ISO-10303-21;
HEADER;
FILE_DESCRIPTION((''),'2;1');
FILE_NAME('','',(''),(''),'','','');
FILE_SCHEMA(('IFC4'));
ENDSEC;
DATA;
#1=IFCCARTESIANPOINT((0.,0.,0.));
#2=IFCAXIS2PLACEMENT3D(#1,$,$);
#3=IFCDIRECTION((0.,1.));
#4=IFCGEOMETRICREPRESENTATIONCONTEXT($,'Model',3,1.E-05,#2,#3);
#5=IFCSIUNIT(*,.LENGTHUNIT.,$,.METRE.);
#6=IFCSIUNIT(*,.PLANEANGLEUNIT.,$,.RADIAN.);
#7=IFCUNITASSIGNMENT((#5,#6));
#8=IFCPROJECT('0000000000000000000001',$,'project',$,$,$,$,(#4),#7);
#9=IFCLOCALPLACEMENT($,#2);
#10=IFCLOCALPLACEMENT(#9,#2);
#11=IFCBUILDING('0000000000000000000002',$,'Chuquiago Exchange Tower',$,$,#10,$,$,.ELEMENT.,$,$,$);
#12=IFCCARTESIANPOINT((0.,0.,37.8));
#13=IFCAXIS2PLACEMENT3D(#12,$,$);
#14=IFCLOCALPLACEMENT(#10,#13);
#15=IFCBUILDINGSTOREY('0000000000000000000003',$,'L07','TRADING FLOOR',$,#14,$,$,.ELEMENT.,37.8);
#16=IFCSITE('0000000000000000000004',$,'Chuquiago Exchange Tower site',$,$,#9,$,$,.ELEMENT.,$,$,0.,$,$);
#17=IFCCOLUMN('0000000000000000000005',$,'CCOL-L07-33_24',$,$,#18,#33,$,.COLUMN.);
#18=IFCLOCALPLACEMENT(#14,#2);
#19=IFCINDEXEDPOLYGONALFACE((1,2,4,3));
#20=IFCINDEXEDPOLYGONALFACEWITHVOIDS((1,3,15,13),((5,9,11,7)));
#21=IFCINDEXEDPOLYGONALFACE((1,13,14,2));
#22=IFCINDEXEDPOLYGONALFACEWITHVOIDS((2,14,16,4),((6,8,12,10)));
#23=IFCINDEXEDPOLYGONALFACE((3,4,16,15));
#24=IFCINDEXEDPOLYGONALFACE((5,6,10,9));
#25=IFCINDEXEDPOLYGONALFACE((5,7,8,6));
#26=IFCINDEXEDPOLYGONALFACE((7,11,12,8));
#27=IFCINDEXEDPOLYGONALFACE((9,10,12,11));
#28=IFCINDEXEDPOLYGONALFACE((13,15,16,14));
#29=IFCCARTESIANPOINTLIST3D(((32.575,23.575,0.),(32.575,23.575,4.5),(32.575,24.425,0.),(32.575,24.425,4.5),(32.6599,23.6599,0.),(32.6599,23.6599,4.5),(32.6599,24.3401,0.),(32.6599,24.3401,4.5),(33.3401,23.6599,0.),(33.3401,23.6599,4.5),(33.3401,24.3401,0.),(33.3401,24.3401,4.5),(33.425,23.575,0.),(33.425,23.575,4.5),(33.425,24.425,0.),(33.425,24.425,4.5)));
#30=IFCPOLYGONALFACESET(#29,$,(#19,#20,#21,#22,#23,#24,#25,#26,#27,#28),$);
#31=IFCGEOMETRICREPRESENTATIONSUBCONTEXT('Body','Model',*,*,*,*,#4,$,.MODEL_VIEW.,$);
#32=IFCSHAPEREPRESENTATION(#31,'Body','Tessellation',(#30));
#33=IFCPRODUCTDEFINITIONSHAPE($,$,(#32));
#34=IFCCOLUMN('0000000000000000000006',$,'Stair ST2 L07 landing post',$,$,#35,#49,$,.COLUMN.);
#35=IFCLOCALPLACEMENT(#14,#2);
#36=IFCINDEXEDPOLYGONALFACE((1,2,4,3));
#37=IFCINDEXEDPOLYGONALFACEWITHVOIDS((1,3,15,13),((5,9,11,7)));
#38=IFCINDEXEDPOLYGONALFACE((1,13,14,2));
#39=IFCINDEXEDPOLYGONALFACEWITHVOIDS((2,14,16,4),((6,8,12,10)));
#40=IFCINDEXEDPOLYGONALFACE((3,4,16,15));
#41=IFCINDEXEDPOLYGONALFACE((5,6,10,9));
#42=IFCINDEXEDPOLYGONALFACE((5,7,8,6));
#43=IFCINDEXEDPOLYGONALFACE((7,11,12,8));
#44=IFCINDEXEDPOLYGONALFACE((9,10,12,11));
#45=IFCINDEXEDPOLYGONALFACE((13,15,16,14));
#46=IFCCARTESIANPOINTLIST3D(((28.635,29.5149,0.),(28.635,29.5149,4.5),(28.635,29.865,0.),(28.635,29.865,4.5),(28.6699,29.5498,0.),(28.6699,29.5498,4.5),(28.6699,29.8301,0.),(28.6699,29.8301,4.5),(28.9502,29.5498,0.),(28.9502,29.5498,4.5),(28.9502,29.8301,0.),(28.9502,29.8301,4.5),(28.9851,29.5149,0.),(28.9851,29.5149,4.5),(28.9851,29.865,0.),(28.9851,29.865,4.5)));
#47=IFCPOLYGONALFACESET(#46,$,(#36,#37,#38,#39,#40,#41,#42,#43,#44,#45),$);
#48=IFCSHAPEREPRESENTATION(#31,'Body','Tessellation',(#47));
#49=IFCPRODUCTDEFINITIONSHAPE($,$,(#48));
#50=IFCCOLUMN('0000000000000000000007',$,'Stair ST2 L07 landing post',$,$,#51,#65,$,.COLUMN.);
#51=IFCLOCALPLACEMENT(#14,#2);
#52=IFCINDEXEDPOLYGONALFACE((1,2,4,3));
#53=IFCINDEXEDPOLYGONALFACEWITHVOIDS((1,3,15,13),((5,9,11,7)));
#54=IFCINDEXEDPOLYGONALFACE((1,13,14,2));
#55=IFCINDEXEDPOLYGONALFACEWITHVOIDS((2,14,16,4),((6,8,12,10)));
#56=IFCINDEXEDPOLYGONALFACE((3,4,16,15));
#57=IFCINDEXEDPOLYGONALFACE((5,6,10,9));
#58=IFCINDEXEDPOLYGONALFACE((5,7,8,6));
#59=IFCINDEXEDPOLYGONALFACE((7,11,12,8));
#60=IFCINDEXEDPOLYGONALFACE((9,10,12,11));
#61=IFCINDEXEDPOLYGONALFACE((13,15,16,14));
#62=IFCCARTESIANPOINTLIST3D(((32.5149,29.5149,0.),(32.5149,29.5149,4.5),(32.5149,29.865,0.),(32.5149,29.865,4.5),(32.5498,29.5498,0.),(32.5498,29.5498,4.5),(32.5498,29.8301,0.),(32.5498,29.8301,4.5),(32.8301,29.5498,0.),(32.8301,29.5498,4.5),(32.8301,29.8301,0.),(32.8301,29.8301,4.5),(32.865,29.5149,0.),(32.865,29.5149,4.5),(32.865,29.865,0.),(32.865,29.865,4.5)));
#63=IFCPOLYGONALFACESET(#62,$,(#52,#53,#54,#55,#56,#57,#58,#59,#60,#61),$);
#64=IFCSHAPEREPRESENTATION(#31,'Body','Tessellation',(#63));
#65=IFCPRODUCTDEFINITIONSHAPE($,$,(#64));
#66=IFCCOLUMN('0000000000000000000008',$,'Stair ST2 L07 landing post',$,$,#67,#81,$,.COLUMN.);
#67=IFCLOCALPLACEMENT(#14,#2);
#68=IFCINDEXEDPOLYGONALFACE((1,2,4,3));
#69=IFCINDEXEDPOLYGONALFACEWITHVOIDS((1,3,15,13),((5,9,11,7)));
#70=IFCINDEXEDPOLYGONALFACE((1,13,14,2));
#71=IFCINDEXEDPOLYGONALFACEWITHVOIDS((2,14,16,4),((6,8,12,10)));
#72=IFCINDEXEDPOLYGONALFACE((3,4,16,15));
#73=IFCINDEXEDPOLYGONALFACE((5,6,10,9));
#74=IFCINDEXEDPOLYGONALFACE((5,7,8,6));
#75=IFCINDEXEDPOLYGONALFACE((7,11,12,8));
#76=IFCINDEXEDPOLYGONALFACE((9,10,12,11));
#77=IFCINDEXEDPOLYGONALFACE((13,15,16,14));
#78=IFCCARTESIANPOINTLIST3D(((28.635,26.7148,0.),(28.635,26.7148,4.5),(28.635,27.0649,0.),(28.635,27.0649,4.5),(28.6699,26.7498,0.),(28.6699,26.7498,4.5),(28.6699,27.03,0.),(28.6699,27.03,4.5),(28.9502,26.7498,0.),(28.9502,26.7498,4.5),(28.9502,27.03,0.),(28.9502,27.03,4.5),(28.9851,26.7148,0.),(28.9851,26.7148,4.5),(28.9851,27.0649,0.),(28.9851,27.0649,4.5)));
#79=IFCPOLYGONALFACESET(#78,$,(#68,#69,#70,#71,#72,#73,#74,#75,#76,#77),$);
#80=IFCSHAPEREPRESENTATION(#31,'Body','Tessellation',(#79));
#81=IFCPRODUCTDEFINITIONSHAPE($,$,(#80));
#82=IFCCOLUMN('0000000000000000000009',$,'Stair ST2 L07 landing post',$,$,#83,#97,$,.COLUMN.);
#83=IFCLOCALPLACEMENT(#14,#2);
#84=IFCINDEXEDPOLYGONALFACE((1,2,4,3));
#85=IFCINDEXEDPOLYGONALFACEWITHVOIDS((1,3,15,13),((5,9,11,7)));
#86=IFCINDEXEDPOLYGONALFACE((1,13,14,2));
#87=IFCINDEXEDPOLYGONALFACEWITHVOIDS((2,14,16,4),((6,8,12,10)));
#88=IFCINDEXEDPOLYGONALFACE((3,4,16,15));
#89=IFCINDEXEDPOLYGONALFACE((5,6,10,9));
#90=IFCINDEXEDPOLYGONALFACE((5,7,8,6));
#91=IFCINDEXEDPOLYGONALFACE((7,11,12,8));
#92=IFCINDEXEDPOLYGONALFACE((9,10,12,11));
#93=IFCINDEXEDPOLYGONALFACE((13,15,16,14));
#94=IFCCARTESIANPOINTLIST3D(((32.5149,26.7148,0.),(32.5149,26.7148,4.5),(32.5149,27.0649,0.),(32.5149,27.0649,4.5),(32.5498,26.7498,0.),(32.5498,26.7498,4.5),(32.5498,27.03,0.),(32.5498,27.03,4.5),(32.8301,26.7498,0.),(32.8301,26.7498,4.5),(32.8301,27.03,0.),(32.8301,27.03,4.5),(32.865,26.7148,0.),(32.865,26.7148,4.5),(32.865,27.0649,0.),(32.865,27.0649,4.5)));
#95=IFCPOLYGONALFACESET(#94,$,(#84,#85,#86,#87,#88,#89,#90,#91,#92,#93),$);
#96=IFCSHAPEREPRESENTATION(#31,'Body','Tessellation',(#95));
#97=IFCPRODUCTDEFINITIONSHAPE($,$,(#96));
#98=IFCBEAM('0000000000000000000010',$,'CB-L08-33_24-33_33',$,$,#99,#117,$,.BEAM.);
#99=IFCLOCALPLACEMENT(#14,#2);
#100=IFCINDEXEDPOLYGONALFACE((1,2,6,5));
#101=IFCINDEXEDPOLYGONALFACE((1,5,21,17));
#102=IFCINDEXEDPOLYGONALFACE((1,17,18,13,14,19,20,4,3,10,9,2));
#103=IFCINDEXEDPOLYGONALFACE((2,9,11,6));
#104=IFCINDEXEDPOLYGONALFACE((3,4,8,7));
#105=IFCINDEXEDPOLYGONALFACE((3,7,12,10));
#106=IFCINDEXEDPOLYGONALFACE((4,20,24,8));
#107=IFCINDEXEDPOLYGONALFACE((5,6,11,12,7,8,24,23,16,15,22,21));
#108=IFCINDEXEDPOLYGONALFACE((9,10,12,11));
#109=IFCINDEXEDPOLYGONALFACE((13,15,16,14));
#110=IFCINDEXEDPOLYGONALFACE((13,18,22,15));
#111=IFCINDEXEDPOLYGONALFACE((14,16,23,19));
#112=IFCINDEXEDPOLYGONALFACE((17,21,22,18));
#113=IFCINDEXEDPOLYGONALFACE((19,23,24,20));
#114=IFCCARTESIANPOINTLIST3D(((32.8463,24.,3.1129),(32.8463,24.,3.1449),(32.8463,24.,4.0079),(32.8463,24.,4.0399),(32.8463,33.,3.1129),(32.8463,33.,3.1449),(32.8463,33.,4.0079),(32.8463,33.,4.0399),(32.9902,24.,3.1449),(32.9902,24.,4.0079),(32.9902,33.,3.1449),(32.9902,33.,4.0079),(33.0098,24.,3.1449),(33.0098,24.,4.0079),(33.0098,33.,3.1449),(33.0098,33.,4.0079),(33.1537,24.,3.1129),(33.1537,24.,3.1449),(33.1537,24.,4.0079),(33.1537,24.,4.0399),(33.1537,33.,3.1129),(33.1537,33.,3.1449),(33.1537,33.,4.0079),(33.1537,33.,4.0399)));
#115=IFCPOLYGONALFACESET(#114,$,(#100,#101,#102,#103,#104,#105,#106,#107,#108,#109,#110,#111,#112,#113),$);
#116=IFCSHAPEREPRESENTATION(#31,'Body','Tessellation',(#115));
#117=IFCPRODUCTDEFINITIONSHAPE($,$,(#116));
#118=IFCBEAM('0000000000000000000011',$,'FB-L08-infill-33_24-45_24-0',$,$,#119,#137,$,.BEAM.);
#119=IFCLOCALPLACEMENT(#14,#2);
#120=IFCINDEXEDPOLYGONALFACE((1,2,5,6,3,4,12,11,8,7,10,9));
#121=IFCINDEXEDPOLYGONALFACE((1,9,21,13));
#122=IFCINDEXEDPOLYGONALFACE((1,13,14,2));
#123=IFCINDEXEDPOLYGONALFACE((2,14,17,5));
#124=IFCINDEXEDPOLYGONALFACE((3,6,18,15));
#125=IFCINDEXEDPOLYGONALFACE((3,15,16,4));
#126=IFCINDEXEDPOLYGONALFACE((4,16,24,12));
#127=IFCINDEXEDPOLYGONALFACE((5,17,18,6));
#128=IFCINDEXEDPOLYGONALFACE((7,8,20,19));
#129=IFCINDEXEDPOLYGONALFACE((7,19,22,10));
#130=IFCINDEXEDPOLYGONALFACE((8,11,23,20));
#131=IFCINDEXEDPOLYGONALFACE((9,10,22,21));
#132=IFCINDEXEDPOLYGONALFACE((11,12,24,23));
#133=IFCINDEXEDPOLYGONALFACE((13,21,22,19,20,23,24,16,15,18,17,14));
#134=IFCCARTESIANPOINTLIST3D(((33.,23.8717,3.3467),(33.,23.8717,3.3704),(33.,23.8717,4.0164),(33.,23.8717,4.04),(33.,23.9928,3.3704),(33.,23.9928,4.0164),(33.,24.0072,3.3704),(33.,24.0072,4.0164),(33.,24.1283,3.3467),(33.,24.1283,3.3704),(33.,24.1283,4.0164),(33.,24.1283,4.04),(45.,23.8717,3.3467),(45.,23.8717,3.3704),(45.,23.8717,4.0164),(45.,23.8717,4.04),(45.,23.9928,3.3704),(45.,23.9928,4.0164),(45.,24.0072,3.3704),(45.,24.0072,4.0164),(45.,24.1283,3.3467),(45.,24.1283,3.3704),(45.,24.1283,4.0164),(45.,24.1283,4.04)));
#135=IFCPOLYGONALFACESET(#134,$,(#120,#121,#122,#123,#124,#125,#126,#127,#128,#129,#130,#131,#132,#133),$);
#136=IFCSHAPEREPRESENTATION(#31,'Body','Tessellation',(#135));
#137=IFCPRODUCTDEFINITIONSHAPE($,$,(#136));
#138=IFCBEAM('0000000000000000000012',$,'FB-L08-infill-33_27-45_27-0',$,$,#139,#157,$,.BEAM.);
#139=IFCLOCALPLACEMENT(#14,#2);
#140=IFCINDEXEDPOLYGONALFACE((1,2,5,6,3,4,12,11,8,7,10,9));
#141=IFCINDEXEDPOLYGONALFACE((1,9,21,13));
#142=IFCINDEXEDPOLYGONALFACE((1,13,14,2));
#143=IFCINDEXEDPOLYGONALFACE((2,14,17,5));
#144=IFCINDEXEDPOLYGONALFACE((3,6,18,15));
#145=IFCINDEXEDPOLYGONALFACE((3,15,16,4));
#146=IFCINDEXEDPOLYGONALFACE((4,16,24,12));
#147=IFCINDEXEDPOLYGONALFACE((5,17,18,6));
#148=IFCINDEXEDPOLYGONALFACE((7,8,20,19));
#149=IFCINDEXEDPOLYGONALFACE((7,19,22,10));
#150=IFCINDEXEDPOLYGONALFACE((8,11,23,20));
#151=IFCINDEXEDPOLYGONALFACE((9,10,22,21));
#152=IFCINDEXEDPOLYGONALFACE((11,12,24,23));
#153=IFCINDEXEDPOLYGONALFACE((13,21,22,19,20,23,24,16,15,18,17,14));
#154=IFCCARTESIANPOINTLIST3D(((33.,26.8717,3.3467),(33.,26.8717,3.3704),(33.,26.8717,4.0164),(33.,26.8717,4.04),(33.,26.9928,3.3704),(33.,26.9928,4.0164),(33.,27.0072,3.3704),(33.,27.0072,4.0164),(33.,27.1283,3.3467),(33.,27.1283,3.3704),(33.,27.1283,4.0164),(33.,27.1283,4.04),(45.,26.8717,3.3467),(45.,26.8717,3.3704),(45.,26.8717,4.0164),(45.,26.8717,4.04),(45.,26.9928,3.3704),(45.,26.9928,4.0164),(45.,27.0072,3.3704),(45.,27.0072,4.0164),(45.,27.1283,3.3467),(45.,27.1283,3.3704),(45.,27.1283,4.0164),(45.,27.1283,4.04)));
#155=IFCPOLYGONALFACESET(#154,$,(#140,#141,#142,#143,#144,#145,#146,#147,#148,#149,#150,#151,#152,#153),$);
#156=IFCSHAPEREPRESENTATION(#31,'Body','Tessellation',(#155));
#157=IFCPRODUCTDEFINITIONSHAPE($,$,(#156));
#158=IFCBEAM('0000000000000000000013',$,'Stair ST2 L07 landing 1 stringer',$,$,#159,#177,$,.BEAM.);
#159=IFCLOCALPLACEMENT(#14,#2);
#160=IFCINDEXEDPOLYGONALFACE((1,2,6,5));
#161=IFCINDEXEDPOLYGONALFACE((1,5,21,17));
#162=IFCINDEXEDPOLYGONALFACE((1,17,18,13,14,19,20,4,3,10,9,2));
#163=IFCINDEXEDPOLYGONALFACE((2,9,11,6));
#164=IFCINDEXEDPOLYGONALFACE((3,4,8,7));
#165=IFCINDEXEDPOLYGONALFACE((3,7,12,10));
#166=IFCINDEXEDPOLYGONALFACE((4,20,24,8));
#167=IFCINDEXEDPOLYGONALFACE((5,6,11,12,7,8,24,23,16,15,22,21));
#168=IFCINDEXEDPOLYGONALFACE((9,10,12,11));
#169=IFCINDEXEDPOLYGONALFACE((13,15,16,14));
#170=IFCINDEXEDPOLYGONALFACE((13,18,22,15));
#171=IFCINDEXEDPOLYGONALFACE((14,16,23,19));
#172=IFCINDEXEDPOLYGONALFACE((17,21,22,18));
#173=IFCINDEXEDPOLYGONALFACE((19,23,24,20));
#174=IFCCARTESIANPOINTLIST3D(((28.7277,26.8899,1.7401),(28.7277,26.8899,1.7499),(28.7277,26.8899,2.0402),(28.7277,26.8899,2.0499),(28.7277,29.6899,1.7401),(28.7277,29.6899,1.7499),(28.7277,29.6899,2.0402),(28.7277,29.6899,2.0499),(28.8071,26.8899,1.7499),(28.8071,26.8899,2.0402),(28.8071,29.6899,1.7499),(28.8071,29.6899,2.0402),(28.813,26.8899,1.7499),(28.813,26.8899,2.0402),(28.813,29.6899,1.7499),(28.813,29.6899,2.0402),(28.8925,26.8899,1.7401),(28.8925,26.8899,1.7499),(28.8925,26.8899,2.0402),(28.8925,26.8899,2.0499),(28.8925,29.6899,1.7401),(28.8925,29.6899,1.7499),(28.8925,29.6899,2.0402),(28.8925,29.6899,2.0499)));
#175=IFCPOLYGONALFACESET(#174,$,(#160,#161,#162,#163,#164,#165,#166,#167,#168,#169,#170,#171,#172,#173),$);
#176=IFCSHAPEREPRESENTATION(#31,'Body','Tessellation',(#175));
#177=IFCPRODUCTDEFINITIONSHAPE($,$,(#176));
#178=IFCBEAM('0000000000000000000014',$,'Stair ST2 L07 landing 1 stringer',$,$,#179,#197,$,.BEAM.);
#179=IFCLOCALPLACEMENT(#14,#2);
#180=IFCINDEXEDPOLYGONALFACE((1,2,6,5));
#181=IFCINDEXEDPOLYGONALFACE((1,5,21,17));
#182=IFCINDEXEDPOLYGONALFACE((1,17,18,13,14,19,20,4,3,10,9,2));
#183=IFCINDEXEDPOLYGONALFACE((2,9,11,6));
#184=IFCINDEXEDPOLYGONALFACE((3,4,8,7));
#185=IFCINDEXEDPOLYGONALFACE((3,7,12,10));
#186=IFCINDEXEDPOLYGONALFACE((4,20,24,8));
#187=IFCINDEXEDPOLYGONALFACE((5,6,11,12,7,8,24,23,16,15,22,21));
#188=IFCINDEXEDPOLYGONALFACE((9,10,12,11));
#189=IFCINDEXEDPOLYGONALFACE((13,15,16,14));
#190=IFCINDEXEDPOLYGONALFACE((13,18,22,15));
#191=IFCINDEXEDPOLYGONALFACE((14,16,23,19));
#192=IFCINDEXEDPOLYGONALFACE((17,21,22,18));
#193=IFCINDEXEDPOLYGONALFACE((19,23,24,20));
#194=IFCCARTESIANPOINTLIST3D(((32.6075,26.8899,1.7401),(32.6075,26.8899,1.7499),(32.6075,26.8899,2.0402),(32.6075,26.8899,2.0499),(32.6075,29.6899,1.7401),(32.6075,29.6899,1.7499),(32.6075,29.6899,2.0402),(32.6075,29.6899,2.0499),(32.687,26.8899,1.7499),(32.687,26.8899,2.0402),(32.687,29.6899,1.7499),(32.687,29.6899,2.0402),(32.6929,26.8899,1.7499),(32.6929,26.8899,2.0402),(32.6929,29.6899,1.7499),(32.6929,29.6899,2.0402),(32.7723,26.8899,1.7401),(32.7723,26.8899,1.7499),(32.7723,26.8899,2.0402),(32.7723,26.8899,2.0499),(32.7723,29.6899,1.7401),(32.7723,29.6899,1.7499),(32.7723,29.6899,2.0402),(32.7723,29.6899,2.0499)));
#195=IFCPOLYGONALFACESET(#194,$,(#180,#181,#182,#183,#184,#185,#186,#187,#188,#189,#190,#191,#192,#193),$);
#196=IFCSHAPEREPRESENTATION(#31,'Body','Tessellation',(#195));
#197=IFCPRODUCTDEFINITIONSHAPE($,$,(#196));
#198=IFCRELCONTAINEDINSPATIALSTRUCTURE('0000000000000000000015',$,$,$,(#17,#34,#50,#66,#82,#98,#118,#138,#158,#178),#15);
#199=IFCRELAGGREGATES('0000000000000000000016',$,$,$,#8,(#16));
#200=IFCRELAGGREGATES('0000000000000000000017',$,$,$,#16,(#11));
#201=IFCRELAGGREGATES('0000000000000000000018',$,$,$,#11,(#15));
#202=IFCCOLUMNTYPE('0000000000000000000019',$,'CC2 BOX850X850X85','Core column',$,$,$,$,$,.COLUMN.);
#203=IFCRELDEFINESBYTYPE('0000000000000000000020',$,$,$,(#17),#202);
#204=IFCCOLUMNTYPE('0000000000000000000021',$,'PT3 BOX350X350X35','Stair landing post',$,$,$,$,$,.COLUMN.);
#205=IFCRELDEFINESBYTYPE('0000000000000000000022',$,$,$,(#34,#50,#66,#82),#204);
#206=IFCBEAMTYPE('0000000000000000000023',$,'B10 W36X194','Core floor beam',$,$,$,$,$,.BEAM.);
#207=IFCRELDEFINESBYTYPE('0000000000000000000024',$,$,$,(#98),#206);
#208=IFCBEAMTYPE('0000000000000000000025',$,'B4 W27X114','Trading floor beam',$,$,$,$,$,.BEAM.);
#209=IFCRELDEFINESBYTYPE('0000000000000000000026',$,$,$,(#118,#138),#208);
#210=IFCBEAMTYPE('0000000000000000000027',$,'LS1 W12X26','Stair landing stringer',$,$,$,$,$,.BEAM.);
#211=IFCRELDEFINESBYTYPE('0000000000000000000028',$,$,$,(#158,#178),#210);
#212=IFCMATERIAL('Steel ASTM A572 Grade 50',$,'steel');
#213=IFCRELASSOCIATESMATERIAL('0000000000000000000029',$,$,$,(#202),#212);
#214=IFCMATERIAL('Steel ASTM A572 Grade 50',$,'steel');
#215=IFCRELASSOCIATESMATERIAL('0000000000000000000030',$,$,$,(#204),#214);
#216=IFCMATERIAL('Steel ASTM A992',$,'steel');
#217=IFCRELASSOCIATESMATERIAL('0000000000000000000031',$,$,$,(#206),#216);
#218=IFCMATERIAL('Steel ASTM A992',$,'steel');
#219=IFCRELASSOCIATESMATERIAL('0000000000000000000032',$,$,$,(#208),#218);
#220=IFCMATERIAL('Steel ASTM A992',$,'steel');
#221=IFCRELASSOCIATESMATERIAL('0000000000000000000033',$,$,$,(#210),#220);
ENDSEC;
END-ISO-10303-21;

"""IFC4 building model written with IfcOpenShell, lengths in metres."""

from ifc_helpers import new_model, si_unit, direction, frame, origin, origin_2d, place, context, subcontext, project, spatial, hollow_rectangle, i_section, extrude, material, material_profile, profile_set, type_object, element, save


model = new_model("IFC4")

# Units and contexts
model_context = context("Model", 3, precision=1e-05, world=origin(), true_north=direction((0.0, 1.0)))
body_context = subcontext(model_context, "Body", "Model", "MODEL_VIEW")
ifc_project = project(units=[si_unit("LENGTHUNIT", "METRE"), si_unit("PLANEANGLEUNIT", "RADIAN")], contexts=[model_context])

# Site, building, storey
site_placement = place(None, origin())
site = spatial("IfcSite", under=ifc_project, at=site_placement, Name="Chuquiago Exchange Tower site", CompositionType="ELEMENT", RefElevation=0.0)
building_placement = place(site_placement, origin())
building = spatial("IfcBuilding", under=site, at=building_placement, Name="Chuquiago Exchange Tower", CompositionType="ELEMENT")
storey_placement = place(building_placement, frame((0.0, 0.0, 37.8)))
storey = spatial("IfcBuildingStorey", under=building, at=storey_placement, Name="L07", Description="TRADING FLOOR", CompositionType="ELEMENT", Elevation=37.8)

# Columns
ifc_material_1 = material(Name="Steel ASTM A572 Grade 50", Category="steel")
ifc_material_profile_1 = material_profile(ifc_material_1, hollow_rectangle(XDim=0.8501, YDim=0.8501, WallThickness=0.085, at=origin_2d()), Name="BOX850X850X85")
ifc_profile_set_1 = profile_set([ifc_material_profile_1], Name="Steel ASTM A572 Grade 50")
column_type_1 = type_object("IfcColumnType", Name="CC2 BOX850X850X85", Description="Core column", PredefinedType="COLUMN", material=ifc_profile_set_1)
column_placement = place(storey_placement, frame((33.0, 24.0, 0.0), z_axis=(0.0, 0.0, 1.0), x_axis=(1.0, 0.0, 0.0)))
element("IfcColumn", 1, at=column_placement, inside=storey, type_object=column_type_1, Name="CCOL-L07-33_24", PredefinedType="COLUMN", context=body_context, shape_type="SweptSolid", body=[
    extrude(hollow_rectangle(XDim=0.8501, YDim=0.8501, WallThickness=0.085, at=origin_2d()), origin(), (0.0, 0.0, 1.0), 4.5),
])
ifc_material_2 = material(Name="Steel ASTM A572 Grade 50", Category="steel")
ifc_material_profile_2 = material_profile(ifc_material_2, hollow_rectangle(XDim=0.3501, YDim=0.3501, WallThickness=0.0349, at=origin_2d()), Name="BOX350X350X35")
ifc_profile_set_2 = profile_set([ifc_material_profile_2], Name="Steel ASTM A572 Grade 50")
column_type_2 = type_object("IfcColumnType", Name="PT3 BOX350X350X35", Description="Stair landing post", PredefinedType="COLUMN", material=ifc_profile_set_2)
for number, where, z_axis, x_axis, name in (
    (2, (28.8101, 29.6899, 0.0), (0.0, 0.0, 1.0), (1.0, 0.0, 0.0), "Stair ST2 L07 landing post"),
    (3, (32.6899, 29.6899, 0.0), (0.0, 0.0, 1.0), (1.0, 0.0, 0.0), "Stair ST2 L07 landing post"),
    (4, (28.8101, 26.8899, 0.0), (0.0, 0.0, 1.0), (1.0, 0.0, 0.0), "Stair ST2 L07 landing post"),
    (5, (32.6899, 26.8899, 0.0), (0.0, 0.0, 1.0), (1.0, 0.0, 0.0), "Stair ST2 L07 landing post"),
):
    element("IfcColumn", number, at=place(storey_placement, frame(where, z_axis=z_axis, x_axis=x_axis)), inside=storey, type_object=column_type_2, Name=name, PredefinedType="COLUMN", context=body_context, shape_type="SweptSolid", body=[
        extrude(hollow_rectangle(XDim=0.3501, YDim=0.3501, WallThickness=0.0349, at=origin_2d()), origin(), (0.0, 0.0, 1.0), 4.5),
    ])

# Beams
ifc_material_3 = material(Name="Steel ASTM A992", Category="steel")
ifc_material_profile_3 = material_profile(ifc_material_3, i_section(OverallWidth=0.3074, OverallDepth=0.927, WebThickness=0.0195, FlangeThickness=0.032, at=origin_2d()), Name="W36X194")
ifc_profile_set_3 = profile_set([ifc_material_profile_3], Name="Steel ASTM A992")
beam_type_1 = type_object("IfcBeamType", Name="B10 W36X194", Description="Core floor beam", PredefinedType="BEAM", material=ifc_profile_set_3)
beam_placement = place(storey_placement, frame((33.0, 24.0, 3.5764), z_axis=(0.0, 1.0, 0.0), x_axis=(-1.0, 0.0, 0.0)))
element("IfcBeam", 6, at=beam_placement, inside=storey, type_object=beam_type_1, Name="CB-L08-33_24-33_33", PredefinedType="BEAM", context=body_context, shape_type="SweptSolid", body=[
    extrude(i_section(OverallWidth=0.3074, OverallDepth=0.927, WebThickness=0.0195, FlangeThickness=0.032, at=origin_2d()), origin(), (0.0, 0.0, 1.0), 9.0),
])
ifc_material_4 = material(Name="Steel ASTM A992", Category="steel")
ifc_material_profile_4 = material_profile(ifc_material_4, i_section(OverallWidth=0.2566, OverallDepth=0.6934, WebThickness=0.0144, FlangeThickness=0.0237, at=origin_2d()), Name="W27X114")
ifc_profile_set_4 = profile_set([ifc_material_profile_4], Name="Steel ASTM A992")
beam_type_2 = type_object("IfcBeamType", Name="B4 W27X114", Description="Trading floor beam", PredefinedType="BEAM", material=ifc_profile_set_4)
for number, where, z_axis, x_axis, name in (
    (7, (33.0, 24.0, 3.6934), (1.0, 0.0, 0.0), (0.0, 1.0, 0.0), "FB-L08-infill-33_24-45_24-0"),
    (8, (33.0, 27.0, 3.6934), (1.0, 0.0, 0.0), (0.0, 1.0, 0.0), "FB-L08-infill-33_27-45_27-0"),
):
    element("IfcBeam", number, at=place(storey_placement, frame(where, z_axis=z_axis, x_axis=x_axis)), inside=storey, type_object=beam_type_2, Name=name, PredefinedType="BEAM", context=body_context, shape_type="SweptSolid", body=[
        extrude(i_section(OverallWidth=0.2566, OverallDepth=0.6934, WebThickness=0.0144, FlangeThickness=0.0237, at=origin_2d()), origin(), (0.0, 0.0, 1.0), 12.0),
    ])
ifc_material_5 = material(Name="Steel ASTM A992", Category="steel")
ifc_material_profile_5 = material_profile(ifc_material_5, i_section(OverallWidth=0.1648, OverallDepth=0.3098, WebThickness=0.0059, FlangeThickness=0.0098, at=origin_2d()), Name="W12X26")
ifc_profile_set_5 = profile_set([ifc_material_profile_5], Name="Steel ASTM A992")
beam_type_3 = type_object("IfcBeamType", Name="LS1 W12X26", Description="Stair landing stringer", PredefinedType="BEAM", material=ifc_profile_set_5)
for number, where, z_axis, x_axis, name in (
    (9, (28.8101, 26.8899, 1.895), (0.0, 1.0, 0.0), (-1.0, 0.0, 0.0), "Stair ST2 L07 landing 1 stringer"),
    (10, (32.6899, 26.8899, 1.895), (0.0, 1.0, 0.0), (-1.0, 0.0, 0.0), "Stair ST2 L07 landing 1 stringer"),
):
    element("IfcBeam", number, at=place(storey_placement, frame(where, z_axis=z_axis, x_axis=x_axis)), inside=storey, type_object=beam_type_3, Name=name, PredefinedType="BEAM", context=body_context, shape_type="SweptSolid", body=[
        extrude(i_section(OverallWidth=0.1648, OverallDepth=0.3098, WebThickness=0.0059, FlangeThickness=0.0098, at=origin_2d()), origin(), (0.0, 0.0, 1.0), 2.8),
    ])

save(model, "model.ifc")
